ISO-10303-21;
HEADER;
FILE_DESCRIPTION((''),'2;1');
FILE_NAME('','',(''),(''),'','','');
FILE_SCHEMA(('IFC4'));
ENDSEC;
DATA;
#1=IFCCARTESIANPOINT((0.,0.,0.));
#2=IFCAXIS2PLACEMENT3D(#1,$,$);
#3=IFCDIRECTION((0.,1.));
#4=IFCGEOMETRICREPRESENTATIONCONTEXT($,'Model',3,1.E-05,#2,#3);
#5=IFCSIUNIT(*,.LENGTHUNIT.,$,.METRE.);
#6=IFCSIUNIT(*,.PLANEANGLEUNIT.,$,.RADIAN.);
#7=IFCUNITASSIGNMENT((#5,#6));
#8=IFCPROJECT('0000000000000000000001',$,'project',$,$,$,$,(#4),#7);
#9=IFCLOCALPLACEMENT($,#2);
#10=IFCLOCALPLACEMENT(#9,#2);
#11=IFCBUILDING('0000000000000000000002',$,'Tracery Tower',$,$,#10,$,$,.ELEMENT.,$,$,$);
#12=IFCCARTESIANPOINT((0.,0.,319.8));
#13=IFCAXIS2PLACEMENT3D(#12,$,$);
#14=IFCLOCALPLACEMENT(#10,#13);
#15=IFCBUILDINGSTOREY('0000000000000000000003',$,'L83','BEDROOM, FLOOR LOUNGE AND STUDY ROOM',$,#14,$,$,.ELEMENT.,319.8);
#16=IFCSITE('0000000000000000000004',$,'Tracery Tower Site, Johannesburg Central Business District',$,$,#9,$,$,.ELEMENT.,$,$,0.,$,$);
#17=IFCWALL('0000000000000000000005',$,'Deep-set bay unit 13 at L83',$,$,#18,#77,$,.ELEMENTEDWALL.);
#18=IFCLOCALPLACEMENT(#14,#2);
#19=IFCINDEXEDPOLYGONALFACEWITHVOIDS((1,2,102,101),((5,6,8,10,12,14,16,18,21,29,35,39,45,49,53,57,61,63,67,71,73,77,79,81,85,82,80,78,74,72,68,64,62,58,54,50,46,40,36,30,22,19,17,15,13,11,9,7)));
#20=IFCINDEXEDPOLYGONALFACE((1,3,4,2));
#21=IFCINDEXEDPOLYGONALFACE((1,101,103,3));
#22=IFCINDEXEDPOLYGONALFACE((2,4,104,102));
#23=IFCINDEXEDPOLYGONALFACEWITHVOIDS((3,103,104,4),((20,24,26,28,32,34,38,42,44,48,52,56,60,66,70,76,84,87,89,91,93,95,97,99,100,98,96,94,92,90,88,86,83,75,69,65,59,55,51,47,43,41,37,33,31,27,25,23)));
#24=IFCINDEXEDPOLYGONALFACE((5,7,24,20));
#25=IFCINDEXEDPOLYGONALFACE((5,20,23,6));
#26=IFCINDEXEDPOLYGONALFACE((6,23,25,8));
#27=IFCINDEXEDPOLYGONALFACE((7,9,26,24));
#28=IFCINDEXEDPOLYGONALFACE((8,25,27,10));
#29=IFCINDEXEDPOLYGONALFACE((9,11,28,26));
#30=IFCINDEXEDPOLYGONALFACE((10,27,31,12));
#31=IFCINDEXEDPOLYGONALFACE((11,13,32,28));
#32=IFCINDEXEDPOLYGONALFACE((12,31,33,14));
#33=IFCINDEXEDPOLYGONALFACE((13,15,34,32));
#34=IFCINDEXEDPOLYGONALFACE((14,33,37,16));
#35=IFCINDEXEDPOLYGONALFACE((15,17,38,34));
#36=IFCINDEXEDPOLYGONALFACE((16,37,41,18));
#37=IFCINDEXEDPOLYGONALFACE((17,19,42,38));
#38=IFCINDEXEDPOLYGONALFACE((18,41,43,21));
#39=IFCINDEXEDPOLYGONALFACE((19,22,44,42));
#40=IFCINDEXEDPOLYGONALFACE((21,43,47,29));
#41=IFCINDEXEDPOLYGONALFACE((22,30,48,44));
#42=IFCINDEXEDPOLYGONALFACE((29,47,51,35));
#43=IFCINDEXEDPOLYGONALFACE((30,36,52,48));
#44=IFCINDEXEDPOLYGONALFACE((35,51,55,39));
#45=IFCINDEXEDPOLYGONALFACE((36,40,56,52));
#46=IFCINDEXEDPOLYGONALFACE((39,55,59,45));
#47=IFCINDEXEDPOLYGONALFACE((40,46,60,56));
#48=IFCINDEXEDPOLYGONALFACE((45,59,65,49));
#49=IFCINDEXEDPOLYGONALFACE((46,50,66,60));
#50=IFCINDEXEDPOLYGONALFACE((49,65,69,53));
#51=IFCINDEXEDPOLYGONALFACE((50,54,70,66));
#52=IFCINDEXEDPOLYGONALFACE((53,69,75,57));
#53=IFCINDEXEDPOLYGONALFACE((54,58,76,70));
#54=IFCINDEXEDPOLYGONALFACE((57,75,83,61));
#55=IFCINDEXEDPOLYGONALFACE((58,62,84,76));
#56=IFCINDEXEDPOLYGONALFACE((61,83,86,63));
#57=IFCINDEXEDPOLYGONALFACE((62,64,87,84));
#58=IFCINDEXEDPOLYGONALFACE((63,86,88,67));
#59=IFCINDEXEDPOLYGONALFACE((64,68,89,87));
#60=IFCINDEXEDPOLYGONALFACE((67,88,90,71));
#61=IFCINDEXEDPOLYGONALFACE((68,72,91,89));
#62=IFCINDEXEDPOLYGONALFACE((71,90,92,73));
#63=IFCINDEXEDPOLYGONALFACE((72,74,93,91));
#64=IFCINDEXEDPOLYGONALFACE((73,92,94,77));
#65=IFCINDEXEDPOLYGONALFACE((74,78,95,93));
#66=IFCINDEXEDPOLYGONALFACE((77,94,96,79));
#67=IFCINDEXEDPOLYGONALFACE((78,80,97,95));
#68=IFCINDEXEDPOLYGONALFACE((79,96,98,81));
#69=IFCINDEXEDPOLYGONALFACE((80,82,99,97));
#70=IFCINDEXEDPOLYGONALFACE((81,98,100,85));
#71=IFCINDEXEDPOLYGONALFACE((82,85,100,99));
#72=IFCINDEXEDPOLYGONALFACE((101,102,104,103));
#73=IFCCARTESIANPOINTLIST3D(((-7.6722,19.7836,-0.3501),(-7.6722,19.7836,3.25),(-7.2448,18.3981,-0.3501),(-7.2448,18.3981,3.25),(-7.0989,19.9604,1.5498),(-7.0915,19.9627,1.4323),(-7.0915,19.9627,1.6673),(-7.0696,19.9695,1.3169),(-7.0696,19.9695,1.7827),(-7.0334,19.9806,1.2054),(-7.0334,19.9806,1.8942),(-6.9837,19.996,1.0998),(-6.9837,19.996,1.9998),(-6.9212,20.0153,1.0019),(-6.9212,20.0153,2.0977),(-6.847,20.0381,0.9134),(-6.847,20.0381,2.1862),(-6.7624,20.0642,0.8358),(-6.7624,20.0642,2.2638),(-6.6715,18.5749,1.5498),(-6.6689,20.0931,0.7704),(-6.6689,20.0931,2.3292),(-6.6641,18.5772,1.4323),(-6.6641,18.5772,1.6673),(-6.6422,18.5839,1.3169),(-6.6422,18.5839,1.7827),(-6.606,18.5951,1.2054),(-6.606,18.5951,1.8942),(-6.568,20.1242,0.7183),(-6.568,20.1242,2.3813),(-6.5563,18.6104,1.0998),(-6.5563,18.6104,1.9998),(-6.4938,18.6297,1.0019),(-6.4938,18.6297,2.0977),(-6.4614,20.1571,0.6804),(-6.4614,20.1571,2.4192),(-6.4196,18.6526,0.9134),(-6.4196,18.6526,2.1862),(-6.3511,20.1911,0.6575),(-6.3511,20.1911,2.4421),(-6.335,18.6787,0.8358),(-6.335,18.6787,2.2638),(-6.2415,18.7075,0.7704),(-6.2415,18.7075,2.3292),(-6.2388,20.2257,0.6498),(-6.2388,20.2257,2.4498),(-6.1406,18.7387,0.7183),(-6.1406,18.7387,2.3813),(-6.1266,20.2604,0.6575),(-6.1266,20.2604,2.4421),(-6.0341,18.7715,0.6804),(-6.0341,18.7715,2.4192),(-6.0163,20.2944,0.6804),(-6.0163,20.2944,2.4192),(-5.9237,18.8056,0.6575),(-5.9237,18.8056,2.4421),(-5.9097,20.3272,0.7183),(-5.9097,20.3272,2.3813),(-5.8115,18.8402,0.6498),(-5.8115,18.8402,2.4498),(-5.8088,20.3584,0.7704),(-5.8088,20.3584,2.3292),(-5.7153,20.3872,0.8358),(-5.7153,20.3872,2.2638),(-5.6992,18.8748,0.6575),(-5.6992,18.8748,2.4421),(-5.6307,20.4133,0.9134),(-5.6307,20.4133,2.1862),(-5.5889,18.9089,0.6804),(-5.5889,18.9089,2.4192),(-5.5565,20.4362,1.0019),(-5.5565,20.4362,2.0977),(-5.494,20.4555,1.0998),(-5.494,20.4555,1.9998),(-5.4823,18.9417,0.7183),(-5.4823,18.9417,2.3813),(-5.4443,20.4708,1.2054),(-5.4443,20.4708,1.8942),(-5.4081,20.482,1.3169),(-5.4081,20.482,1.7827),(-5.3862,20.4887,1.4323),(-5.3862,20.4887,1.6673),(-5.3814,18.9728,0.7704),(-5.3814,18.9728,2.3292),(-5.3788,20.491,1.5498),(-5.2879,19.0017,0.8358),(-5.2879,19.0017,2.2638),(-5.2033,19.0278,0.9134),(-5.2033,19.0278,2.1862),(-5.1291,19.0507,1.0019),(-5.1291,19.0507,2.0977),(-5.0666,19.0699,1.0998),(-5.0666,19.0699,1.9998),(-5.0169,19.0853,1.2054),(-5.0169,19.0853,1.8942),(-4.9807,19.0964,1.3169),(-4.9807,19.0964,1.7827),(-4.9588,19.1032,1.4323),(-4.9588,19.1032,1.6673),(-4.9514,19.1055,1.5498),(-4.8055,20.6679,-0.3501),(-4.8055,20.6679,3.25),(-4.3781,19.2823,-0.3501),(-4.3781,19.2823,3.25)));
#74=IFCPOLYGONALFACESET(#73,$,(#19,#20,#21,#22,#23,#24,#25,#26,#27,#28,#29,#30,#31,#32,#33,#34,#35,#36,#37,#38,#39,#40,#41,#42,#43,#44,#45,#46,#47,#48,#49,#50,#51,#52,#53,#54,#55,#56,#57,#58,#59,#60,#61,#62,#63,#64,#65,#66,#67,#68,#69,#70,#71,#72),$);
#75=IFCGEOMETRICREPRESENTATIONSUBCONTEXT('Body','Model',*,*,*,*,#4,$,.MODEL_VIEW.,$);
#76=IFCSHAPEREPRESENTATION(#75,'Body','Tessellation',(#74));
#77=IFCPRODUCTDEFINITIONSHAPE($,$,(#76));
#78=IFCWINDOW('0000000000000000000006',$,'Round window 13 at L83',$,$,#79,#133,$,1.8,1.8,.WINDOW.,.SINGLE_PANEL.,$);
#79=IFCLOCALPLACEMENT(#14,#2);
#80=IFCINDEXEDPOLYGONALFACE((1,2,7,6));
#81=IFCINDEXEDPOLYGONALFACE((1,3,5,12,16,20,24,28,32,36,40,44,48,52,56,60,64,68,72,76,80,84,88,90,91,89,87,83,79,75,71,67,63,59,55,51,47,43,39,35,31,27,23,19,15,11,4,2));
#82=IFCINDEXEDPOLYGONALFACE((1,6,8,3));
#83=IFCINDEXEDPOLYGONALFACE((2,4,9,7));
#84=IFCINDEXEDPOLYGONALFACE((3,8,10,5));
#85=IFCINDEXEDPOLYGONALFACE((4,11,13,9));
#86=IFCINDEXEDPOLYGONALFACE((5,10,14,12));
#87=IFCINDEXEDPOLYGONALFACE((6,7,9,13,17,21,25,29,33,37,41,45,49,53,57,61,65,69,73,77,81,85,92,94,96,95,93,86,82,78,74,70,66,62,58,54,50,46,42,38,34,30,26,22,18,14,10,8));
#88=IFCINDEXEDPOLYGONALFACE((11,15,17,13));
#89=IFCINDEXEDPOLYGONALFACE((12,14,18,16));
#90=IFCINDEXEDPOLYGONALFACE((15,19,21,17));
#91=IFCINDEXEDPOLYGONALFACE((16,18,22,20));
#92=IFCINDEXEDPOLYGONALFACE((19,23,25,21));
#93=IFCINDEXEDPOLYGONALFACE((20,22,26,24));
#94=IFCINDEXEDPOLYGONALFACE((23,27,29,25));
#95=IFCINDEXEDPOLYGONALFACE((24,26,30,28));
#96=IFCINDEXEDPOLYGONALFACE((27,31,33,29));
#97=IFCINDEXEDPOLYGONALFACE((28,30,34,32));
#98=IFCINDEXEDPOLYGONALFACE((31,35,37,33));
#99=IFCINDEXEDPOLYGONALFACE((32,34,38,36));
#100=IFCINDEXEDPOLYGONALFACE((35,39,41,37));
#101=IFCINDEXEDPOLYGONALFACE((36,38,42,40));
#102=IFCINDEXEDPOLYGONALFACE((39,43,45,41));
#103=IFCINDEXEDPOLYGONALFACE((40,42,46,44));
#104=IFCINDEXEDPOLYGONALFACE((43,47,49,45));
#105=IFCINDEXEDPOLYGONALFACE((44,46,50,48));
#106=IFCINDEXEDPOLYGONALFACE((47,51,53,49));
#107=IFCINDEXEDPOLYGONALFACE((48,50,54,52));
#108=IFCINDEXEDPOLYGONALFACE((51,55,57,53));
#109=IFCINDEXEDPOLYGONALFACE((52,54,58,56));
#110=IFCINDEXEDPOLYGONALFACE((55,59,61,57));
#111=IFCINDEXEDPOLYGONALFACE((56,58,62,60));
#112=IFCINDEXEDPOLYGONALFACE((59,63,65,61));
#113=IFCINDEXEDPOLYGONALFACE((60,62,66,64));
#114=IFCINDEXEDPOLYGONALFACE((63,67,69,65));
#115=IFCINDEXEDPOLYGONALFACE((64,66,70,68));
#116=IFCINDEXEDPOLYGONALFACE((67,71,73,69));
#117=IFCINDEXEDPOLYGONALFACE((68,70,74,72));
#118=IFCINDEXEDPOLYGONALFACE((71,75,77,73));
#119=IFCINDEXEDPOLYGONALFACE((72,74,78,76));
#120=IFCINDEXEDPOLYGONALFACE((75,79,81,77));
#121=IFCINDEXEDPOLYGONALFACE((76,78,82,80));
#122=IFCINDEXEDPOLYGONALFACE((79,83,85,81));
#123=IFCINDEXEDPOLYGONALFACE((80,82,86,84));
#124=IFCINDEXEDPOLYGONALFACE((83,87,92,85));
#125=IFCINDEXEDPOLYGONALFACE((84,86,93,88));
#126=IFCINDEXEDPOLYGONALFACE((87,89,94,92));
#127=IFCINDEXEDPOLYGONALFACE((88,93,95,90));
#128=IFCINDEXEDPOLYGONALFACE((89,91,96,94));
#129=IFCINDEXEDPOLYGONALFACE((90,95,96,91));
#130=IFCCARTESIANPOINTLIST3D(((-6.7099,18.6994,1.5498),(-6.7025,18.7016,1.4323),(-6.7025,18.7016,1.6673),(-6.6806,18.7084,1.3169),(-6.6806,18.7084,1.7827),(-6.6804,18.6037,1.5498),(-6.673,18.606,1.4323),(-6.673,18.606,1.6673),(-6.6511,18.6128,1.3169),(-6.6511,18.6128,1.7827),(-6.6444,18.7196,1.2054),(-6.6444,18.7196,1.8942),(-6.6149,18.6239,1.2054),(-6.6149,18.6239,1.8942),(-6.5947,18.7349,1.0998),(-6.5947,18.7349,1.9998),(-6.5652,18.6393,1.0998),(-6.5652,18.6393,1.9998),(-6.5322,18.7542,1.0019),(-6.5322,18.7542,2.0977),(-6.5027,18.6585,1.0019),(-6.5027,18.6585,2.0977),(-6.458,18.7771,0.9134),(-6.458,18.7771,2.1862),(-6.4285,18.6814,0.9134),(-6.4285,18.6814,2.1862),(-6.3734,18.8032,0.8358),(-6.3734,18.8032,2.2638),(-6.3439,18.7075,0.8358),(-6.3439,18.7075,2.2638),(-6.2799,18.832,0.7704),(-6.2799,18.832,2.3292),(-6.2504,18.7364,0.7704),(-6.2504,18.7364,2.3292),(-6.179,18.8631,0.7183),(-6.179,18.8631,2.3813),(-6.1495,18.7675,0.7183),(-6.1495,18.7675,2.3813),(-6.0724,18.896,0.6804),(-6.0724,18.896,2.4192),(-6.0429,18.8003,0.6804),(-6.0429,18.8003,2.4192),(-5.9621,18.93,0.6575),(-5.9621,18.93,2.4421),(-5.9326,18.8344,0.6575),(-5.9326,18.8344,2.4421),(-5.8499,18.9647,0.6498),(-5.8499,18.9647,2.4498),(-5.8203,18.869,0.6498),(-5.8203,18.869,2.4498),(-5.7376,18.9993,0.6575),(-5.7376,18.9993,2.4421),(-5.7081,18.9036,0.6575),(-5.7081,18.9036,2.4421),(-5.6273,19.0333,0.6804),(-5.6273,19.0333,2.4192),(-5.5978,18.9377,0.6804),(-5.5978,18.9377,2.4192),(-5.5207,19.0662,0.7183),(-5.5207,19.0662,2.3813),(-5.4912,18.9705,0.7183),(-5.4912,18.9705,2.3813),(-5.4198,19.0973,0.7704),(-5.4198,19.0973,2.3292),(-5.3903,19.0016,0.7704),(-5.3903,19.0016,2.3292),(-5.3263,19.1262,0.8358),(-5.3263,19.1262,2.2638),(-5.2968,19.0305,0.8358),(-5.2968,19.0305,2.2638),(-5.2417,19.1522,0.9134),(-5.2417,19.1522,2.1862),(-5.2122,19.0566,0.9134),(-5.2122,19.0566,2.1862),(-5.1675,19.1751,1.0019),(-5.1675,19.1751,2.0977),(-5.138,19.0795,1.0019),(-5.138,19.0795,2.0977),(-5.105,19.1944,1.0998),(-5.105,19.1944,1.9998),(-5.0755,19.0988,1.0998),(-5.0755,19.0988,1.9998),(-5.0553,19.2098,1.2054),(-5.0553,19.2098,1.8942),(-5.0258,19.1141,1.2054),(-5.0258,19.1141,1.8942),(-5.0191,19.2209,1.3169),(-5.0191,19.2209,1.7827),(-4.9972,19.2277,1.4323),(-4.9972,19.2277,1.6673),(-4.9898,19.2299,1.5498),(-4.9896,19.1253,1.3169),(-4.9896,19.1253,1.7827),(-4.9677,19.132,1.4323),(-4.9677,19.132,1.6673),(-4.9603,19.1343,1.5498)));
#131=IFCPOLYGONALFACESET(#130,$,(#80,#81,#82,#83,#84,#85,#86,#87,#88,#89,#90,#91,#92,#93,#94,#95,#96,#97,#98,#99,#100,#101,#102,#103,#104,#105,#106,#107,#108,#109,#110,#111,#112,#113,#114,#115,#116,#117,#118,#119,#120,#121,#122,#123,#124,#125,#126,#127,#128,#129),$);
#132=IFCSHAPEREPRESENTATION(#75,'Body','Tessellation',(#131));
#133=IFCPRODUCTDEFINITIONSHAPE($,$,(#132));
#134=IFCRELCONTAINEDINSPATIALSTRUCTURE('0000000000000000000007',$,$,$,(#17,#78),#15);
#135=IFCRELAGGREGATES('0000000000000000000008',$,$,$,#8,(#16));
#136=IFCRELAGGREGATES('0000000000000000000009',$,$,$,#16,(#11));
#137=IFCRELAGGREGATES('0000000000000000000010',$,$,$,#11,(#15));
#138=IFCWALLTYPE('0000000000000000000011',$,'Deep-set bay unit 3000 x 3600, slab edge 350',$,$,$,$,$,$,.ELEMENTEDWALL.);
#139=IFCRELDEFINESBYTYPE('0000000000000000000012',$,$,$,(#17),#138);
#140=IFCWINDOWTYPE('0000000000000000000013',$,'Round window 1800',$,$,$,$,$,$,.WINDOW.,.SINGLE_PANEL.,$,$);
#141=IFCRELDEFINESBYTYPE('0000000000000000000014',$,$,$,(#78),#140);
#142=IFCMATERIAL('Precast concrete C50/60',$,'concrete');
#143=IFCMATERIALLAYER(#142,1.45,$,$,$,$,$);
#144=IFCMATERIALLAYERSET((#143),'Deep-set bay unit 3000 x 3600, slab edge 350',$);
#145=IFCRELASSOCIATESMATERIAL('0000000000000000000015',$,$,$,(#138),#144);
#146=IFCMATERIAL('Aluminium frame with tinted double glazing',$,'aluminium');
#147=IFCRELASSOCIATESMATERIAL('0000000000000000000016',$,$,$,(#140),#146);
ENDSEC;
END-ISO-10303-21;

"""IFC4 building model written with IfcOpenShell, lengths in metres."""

from ifc_helpers import new_model, si_unit, direction, frame, frame_2d, origin, origin_2d, place, context, subcontext, project, spatial, rectangle, circle, extrude, material, layer, layer_set, type_object, element, fill, save


model = new_model("IFC4")

# Units and contexts
model_context = context("Model", 3, precision=1e-05, world=origin(), true_north=direction((0.0, 1.0)))
body_context = subcontext(model_context, "Body", "Model", "MODEL_VIEW")
ifc_project = project(units=[si_unit("LENGTHUNIT", "METRE"), si_unit("PLANEANGLEUNIT", "RADIAN")], contexts=[model_context])

# Site, building, storey
site_placement = place(None, origin())
site = spatial("IfcSite", under=ifc_project, at=site_placement, Name="Tracery Tower Site, Johannesburg Central Business District", CompositionType="ELEMENT", RefElevation=0.0)
building_placement = place(site_placement, origin())
building = spatial("IfcBuilding", under=site, at=building_placement, Name="Tracery Tower", CompositionType="ELEMENT")
storey_placement = place(building_placement, frame((0.0, 0.0, 319.8)))
storey = spatial("IfcBuildingStorey", under=building, at=storey_placement, Name="L83", Description="BEDROOM, FLOOR LOUNGE AND STUDY ROOM", CompositionType="ELEMENT", Elevation=319.8)

# Wall, opening, window
ifc_material_1 = material(Name="Precast concrete C50/60", Category="concrete")
ifc_layer_1 = layer(ifc_material_1, 1.45)
ifc_layer_set_1 = layer_set([ifc_layer_1], Name="Deep-set bay unit 3000 x 3600, slab edge 350")
wall_type_1 = type_object("IfcWallType", Name="Deep-set bay unit 3000 x 3600, slab edge 350", PredefinedType="ELEMENTEDWALL", material=ifc_layer_set_1)
wall_1_placement = place(storey_placement, frame((-4.5918, 19.9751, -0.3501), z_axis=(0.0, 0.0, 1.0), x_axis=(-0.955571, -0.294761, 0.0)))
wall_1 = element("IfcWall", 1, at=wall_1_placement, inside=storey, type_object=wall_type_1, Name="Deep-set bay unit 13 at L83", PredefinedType="ELEMENTEDWALL", context=body_context, shape_type="SweptSolid", body=[
    extrude(rectangle(XDim=3.0, YDim=1.45, at=frame_2d((1.5, 0.0))), origin(), (0.0, 0.0, 1.0), 3.6001),
])
opening_1_placement = place(wall_1_placement, frame((1.5, 0.0, 1.8999)))
opening_1 = element("IfcOpeningElement", 2, at=opening_1_placement, cuts=wall_1, PredefinedType="OPENING", context=body_context, shape_type="SweptSolid", body=[
    extrude(circle(Radius=0.9, at=origin_2d()), frame((0.0, 0.7349, 0.0), z_axis=(0.0, -1.0, 0.0), x_axis=(1.0, 0.0, 0.0)), (0.0, 0.0, 1.0), 1.47),
])
ifc_material_2 = material(Name="Aluminium frame with tinted double glazing", Category="aluminium")
window_type = type_object("IfcWindowType", Name="Round window 1800", PartitioningType="SINGLE_PANEL", PredefinedType="WINDOW", material=ifc_material_2)
window_1_placement = place(opening_1_placement, origin())
window_1 = element("IfcWindow", 3, at=window_1_placement, inside=storey, type_object=window_type, Name="Round window 13 at L83", OverallHeight=1.8, OverallWidth=1.8, PartitioningType="SINGLE_PANEL", PredefinedType="WINDOW", context=body_context, shape_type="SweptSolid", body=[
    extrude(circle(Radius=0.9, at=origin_2d()), frame((0.0, 0.6948, 0.0), z_axis=(0.0, -1.0, 0.0), x_axis=(1.0, 0.0, 0.0)), (0.0, 0.0, 1.0), 0.1001),
])
fill(opening_1, window_1)

save(model, "model.ifc")
